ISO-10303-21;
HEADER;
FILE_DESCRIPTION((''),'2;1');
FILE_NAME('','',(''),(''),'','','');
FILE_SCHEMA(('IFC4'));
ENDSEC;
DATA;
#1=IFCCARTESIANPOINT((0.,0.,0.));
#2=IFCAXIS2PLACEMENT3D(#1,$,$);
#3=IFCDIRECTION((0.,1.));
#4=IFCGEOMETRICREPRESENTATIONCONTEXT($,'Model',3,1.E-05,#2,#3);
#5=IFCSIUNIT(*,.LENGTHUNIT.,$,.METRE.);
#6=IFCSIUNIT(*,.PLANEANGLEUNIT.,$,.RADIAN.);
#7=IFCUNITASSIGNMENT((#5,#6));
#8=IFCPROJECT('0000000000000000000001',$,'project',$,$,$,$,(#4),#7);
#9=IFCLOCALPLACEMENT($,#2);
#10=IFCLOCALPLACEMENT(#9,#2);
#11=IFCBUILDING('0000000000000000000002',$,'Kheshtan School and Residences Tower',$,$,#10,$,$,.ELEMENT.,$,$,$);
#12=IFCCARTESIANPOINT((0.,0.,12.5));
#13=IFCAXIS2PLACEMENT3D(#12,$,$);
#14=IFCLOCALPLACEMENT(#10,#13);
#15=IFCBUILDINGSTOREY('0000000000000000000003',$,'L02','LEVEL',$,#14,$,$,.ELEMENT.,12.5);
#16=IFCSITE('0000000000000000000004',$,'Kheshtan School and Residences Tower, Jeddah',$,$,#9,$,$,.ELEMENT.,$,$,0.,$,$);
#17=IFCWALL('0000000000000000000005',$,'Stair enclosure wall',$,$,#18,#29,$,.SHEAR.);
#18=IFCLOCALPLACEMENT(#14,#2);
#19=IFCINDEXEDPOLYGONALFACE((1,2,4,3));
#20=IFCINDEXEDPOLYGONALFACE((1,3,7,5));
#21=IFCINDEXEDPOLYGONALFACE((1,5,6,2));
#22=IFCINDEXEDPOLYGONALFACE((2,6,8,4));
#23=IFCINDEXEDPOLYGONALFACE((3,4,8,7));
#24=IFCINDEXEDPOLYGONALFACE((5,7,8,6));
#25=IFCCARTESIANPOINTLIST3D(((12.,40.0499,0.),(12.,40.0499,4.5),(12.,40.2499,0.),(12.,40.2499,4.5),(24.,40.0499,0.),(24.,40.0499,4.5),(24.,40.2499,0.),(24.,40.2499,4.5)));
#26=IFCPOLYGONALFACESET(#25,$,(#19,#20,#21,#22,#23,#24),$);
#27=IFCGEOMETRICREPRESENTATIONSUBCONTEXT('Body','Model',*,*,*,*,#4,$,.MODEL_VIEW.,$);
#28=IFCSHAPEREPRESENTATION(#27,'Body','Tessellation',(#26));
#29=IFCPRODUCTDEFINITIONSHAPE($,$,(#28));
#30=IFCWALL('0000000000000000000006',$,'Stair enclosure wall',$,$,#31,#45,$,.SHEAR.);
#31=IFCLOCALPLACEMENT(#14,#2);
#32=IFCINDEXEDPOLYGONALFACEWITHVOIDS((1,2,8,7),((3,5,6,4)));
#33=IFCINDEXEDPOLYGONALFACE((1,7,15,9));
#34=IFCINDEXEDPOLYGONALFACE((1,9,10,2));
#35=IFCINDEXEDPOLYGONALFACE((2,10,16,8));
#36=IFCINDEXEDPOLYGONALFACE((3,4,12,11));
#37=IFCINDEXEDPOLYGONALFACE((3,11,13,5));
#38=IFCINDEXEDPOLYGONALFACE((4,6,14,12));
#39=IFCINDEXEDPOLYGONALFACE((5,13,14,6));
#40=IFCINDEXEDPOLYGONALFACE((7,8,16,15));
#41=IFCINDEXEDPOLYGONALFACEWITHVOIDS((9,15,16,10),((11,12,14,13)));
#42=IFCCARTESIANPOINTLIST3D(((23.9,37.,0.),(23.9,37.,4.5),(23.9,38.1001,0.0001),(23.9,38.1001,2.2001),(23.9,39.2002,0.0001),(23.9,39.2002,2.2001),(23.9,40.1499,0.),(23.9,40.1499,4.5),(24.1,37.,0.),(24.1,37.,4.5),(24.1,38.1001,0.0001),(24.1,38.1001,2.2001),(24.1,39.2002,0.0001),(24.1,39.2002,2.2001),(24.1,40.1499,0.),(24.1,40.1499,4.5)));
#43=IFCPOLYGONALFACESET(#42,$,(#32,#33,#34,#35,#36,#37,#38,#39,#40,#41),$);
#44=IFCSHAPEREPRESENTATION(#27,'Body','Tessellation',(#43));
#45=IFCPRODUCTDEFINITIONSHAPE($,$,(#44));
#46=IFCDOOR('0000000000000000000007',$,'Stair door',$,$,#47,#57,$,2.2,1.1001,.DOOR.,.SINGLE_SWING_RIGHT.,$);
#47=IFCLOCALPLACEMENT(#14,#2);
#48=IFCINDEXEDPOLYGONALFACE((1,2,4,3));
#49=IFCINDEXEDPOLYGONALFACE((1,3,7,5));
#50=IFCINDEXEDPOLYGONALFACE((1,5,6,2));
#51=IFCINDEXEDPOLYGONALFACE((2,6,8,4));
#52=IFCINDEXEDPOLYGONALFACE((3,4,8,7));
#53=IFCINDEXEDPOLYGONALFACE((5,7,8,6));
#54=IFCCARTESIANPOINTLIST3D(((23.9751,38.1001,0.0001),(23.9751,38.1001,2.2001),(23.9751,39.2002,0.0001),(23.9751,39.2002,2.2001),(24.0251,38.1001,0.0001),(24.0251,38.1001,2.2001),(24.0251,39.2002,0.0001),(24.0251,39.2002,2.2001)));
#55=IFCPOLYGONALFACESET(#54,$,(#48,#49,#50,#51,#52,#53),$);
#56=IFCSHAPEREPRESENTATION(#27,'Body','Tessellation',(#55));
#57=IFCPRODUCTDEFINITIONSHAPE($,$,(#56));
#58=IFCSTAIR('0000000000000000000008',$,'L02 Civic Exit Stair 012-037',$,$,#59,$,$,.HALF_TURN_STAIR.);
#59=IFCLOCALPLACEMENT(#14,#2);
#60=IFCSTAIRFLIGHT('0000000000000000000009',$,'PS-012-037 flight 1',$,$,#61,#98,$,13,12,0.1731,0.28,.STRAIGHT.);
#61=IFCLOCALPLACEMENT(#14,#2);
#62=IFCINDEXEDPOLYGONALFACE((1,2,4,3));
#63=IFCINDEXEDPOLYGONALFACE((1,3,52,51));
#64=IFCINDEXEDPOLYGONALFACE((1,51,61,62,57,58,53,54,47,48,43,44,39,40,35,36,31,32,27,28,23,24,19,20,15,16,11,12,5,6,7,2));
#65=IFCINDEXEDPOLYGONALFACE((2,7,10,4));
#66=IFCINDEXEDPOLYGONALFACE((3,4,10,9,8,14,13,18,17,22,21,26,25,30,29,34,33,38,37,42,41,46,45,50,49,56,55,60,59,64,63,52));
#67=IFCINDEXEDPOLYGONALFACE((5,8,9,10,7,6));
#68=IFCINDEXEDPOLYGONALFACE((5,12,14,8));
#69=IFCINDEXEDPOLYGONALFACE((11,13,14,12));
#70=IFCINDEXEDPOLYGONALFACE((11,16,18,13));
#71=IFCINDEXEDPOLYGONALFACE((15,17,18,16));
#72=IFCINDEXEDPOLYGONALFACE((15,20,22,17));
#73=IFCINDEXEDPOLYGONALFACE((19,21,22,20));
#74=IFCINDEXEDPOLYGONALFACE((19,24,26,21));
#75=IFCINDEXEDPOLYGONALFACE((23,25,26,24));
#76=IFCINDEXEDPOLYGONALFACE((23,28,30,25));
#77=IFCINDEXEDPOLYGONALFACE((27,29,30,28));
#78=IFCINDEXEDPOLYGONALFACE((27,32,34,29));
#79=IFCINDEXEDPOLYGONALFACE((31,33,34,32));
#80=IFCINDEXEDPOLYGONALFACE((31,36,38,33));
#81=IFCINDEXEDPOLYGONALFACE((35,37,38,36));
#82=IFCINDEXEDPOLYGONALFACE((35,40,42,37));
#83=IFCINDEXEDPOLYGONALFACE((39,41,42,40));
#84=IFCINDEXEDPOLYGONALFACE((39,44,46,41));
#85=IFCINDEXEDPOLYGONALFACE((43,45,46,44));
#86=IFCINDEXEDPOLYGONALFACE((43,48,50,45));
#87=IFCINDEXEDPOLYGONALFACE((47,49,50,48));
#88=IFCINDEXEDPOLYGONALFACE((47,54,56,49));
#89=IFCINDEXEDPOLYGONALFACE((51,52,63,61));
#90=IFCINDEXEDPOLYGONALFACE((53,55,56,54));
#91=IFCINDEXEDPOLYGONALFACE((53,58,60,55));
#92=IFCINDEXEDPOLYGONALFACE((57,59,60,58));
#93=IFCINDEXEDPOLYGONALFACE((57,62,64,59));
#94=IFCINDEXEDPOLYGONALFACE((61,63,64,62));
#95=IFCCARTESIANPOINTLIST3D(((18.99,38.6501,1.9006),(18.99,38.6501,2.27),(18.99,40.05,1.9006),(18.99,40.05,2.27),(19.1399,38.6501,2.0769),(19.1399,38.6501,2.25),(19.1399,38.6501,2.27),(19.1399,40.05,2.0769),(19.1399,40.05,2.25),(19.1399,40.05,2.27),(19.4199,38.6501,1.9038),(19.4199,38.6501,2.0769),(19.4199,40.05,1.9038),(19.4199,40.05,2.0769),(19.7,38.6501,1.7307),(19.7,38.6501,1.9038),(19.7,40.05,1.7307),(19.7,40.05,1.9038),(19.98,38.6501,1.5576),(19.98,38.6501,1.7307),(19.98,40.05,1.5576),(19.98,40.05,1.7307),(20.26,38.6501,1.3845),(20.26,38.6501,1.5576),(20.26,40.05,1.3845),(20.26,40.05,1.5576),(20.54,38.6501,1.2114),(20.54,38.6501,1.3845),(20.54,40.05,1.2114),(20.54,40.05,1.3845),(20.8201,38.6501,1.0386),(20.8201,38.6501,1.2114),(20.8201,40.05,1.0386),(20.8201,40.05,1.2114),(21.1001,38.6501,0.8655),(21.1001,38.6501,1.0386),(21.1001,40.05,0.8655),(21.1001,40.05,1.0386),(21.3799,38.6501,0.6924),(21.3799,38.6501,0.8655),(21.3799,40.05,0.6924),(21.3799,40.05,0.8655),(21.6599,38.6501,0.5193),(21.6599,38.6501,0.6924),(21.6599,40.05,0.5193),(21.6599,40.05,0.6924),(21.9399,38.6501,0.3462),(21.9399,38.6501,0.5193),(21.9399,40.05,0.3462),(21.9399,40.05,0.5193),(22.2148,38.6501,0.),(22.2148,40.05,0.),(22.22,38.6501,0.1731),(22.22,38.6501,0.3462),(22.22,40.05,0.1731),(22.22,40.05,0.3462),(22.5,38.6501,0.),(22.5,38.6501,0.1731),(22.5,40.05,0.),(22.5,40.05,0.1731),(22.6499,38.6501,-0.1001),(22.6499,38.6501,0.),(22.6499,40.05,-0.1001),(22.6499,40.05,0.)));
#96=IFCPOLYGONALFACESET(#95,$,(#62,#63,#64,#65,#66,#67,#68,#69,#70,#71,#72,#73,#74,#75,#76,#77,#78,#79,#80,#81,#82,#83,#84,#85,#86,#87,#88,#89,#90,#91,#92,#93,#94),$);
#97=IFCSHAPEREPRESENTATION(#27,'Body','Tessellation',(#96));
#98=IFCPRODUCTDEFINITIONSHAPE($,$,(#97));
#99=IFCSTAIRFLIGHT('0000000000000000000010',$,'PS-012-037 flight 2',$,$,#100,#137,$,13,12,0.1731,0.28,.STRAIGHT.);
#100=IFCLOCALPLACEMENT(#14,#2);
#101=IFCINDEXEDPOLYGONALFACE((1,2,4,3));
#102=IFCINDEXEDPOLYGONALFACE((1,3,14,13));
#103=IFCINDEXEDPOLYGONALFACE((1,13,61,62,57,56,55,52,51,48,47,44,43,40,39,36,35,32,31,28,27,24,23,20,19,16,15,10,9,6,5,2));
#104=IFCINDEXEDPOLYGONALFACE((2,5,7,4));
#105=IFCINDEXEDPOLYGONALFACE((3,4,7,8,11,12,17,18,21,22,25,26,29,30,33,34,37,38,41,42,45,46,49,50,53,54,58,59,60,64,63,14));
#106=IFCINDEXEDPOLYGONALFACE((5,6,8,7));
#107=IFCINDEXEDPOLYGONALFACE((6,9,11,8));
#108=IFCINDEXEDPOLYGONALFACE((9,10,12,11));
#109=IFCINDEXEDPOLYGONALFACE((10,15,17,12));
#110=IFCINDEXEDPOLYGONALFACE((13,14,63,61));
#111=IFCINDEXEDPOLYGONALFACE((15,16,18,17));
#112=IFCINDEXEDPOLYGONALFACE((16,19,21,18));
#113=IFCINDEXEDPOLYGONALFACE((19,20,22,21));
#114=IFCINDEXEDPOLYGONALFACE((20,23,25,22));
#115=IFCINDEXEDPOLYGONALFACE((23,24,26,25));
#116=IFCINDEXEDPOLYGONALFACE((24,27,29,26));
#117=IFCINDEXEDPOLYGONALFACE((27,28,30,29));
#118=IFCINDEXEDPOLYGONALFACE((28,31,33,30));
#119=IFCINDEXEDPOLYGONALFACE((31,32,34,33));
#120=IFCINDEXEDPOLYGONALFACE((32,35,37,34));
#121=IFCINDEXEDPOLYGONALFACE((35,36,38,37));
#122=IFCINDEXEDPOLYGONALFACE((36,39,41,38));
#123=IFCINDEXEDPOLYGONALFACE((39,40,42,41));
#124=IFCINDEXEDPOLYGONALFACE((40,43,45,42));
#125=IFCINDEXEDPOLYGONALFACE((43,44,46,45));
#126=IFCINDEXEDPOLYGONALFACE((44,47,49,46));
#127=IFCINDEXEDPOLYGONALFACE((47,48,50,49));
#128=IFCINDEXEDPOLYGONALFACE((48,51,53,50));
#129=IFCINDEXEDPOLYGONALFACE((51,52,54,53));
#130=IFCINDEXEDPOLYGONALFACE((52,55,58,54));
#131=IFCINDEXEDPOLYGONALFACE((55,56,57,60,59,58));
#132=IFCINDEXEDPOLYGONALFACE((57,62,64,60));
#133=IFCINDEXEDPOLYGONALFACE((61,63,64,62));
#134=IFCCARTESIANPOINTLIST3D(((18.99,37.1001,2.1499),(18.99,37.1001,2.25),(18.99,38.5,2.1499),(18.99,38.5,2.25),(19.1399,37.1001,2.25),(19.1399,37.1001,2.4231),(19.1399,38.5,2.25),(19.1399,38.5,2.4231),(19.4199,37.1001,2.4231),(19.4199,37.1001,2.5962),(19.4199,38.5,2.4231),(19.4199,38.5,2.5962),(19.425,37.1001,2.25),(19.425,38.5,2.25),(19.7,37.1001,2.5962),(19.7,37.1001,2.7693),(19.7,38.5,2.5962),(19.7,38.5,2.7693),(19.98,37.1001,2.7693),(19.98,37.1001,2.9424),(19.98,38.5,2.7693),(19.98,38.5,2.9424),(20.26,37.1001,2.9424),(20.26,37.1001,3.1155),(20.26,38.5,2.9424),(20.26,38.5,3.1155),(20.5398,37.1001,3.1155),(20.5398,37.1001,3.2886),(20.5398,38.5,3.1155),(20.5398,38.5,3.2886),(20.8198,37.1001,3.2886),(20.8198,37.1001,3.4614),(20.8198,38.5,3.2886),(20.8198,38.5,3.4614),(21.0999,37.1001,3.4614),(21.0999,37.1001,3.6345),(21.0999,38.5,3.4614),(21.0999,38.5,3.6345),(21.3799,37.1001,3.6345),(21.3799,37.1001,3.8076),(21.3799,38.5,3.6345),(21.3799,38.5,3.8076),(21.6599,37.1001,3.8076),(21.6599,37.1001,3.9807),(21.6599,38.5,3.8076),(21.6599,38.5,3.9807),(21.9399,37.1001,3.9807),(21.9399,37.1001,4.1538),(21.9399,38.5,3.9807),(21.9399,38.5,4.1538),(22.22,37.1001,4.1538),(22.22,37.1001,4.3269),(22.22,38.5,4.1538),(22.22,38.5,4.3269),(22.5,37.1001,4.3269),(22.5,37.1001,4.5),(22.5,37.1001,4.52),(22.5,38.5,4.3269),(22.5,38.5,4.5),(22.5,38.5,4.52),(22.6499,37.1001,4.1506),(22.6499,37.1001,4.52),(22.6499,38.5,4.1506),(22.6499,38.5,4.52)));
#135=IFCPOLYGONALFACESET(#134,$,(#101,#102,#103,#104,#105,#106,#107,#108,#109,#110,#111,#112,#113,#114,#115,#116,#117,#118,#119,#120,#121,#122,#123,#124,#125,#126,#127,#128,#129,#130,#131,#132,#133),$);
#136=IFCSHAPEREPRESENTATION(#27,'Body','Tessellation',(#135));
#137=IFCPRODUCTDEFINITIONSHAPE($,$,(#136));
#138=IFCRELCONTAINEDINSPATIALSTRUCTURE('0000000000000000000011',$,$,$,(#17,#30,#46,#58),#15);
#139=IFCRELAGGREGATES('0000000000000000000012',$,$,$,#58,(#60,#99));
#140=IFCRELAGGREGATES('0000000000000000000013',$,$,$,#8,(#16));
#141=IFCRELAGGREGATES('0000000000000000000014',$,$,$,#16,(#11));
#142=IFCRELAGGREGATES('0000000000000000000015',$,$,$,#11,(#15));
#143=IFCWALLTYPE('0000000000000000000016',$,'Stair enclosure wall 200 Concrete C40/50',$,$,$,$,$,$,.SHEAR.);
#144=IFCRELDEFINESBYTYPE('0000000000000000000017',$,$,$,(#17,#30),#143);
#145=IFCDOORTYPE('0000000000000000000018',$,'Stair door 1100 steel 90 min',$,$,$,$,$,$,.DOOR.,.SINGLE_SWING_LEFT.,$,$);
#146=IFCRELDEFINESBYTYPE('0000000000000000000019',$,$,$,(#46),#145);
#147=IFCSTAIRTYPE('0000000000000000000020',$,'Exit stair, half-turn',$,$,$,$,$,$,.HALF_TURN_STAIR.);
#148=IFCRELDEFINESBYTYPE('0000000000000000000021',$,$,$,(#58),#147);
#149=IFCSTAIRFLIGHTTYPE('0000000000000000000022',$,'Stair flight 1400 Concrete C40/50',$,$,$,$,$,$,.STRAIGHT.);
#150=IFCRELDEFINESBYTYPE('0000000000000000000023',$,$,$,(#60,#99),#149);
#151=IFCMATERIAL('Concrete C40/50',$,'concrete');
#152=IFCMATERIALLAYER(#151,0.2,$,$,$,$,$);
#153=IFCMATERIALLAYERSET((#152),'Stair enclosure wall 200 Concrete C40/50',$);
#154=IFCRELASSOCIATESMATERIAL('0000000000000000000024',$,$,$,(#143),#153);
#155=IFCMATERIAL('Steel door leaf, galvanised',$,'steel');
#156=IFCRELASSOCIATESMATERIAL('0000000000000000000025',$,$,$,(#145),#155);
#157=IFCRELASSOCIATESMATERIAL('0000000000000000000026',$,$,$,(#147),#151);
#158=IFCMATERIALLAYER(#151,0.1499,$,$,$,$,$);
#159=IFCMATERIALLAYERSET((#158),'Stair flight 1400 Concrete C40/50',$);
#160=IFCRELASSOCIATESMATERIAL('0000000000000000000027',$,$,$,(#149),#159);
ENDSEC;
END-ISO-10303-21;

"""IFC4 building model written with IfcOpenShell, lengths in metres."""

from ifc_helpers import new_model, si_unit, direction, frame, frame_2d, origin, place, context, subcontext, project, spatial, polyline, rectangle, outline, extrude, source, transform, mapped, material, layer, layer_set, type_object, element, fill, aggregate, save


model = new_model("IFC4")

# Units and contexts
model_context = context("Model", 3, precision=1e-05, world=origin(), true_north=direction((0.0, 1.0)))
body_context = subcontext(model_context, "Body", "Model", "MODEL_VIEW")
ifc_project = project(units=[si_unit("LENGTHUNIT", "METRE"), si_unit("PLANEANGLEUNIT", "RADIAN")], contexts=[model_context])

# Site, building, storey
site_placement = place(None, origin())
site = spatial("IfcSite", under=ifc_project, at=site_placement, Name="Kheshtan School and Residences Tower, Jeddah", CompositionType="ELEMENT", RefElevation=0.0)
building_placement = place(site_placement, origin())
building = spatial("IfcBuilding", under=site, at=building_placement, Name="Kheshtan School and Residences Tower", CompositionType="ELEMENT")
storey_placement = place(building_placement, frame((0.0, 0.0, 12.5)))
storey = spatial("IfcBuildingStorey", under=building, at=storey_placement, Name="L02", Description="LEVEL", CompositionType="ELEMENT", Elevation=12.5)

# Wall
ifc_material_1 = material(Name="Concrete C40/50", Category="concrete")
ifc_layer_1 = layer(ifc_material_1, 0.2)
ifc_layer_set_1 = layer_set([ifc_layer_1], Name="Stair enclosure wall 200 Concrete C40/50")
wall_type_1 = type_object("IfcWallType", Name="Stair enclosure wall 200 Concrete C40/50", PredefinedType="SHEAR", material=ifc_layer_set_1)
wall_1_placement = place(storey_placement, frame((12.0, 40.1499, 0.0), z_axis=(0.0, 0.0, 1.0), x_axis=(1.0, 0.0, 0.0)))
element("IfcWall", 1, at=wall_1_placement, inside=storey, type_object=wall_type_1, Name="Stair enclosure wall", PredefinedType="SHEAR", context=body_context, shape_type="SweptSolid", body=[
    extrude(rectangle(XDim=12.0, YDim=0.2, at=frame_2d((6.0, 0.0))), origin(), (0.0, 0.0, 1.0), 4.5),
])

# Wall, opening, door
wall_2_placement = place(storey_placement, frame((24.0, 37.0, 0.0), z_axis=(0.0, 0.0, 1.0), x_axis=(0.0, 1.0, 0.0)))
wall_2 = element("IfcWall", 2, at=wall_2_placement, inside=storey, type_object=wall_type_1, Name="Stair enclosure wall", PredefinedType="SHEAR", context=body_context, shape_type="SweptSolid", body=[
    extrude(rectangle(XDim=3.1499, YDim=0.2, at=frame_2d((1.575, 0.0))), origin(), (0.0, 0.0, 1.0), 4.5),
])
opening_1_placement = place(wall_2_placement, frame((1.1001, 0.0, 0.0)))
opening_1 = element("IfcOpeningElement", 3, at=opening_1_placement, cuts=wall_2, PredefinedType="OPENING", context=body_context, shape_type="SweptSolid", body=[
    extrude(rectangle(XDim=1.1001, YDim=2.2, at=frame_2d((0.55, 1.1001))), frame((0.0, 0.1099, 0.0), z_axis=(0.0, -1.0, 0.0), x_axis=(1.0, 0.0, 0.0)), (0.0, 0.0, 1.0), 0.22),
])
ifc_material_2 = material(Name="Steel door leaf, galvanised", Category="steel")
door_type_1 = type_object("IfcDoorType", Name="Stair door 1100 steel 90 min", OperationType="SINGLE_SWING_LEFT", PredefinedType="DOOR", material=ifc_material_2)
shared_shape_1 = source(origin(), body_context, "Body", "SweptSolid", [
    extrude(rectangle(XDim=1.1001, YDim=2.2, at=frame_2d((0.55, 1.1001))), frame((0.0, 0.0249, 0.0), z_axis=(0.0, -1.0, 0.0), x_axis=(1.0, 0.0, 0.0)), (0.0, 0.0, 1.0), 0.05),
])
door_1_placement = place(opening_1_placement, origin())
door_1 = element("IfcDoor", 4, at=door_1_placement, inside=storey, type_object=door_type_1, Name="Stair door", OperationType="SINGLE_SWING_RIGHT", OverallHeight=2.2, OverallWidth=1.1001, PredefinedType="DOOR", context=body_context, shape_type="MappedRepresentation", body=[
    mapped(shared_shape_1, transform((0.0, 0.0, 0.0), x_axis=(1.0, 0.0, 0.0), y_axis=(0.0, 1.0, 0.0), z_axis=(0.0, 0.0, 1.0), scale=1.0)),
])
fill(opening_1, door_1)

# Stair, stair flights
stair_type = type_object("IfcStairType", Name="Exit stair, half-turn", PredefinedType="HALF_TURN_STAIR", material=ifc_material_1)
stair_placement = place(storey_placement, origin())
stair = element("IfcStair", 5, at=stair_placement, inside=storey, type_object=stair_type, Name="L02 Civic Exit Stair 012-037", PredefinedType="HALF_TURN_STAIR")
ifc_layer_2 = layer(ifc_material_1, 0.1499)
ifc_layer_set_2 = layer_set([ifc_layer_2], Name="Stair flight 1400 Concrete C40/50")
stair_flight_type = type_object("IfcStairFlightType", Name="Stair flight 1400 Concrete C40/50", PredefinedType="STRAIGHT", material=ifc_layer_set_2)
stair_flight_1_placement = place(storey_placement, frame((22.5, 39.3501, 0.0), z_axis=(0.0, 0.0, 1.0), x_axis=(-1.0, 0.0, 0.0)))
stair_flight_1 = element("IfcStairFlight", 6, at=stair_flight_1_placement, type_object=stair_flight_type, Name="PS-012-037 flight 1", NumberOfRisers=13, NumberOfTreads=12, PredefinedType="STRAIGHT", RiserHeight=0.1731, TreadLength=0.28, context=body_context, shape_type="SweptSolid", body=[
    extrude(outline(polyline([(-0.1499, -0.1001), (-0.1499, 0.0), (0.0, 0.0), (0.0, 0.1731), (0.28, 0.1731), (0.28, 0.3462), (0.5601, 0.3462), (0.5601, 0.5193), (0.8401, 0.5193), (0.8401, 0.6924), (1.1201, 0.6924), (1.1201, 0.8655), (1.3999, 0.8655), (1.3999, 1.0386), (1.6799, 1.0386), (1.6799, 1.2114), (1.96, 1.2114), (1.96, 1.3845), (2.24, 1.3845), (2.24, 1.5576), (2.52, 1.5576), (2.52, 1.7307), (2.8, 1.7307), (2.8, 1.9038), (3.0801, 1.9038), (3.0801, 2.0769), (3.3601, 2.0769), (3.3601, 2.25), (3.3601, 2.27), (3.51, 2.27), (3.51, 1.9006), (0.2852, 0.0), (-0.1499, -0.1001)])), frame((0.0, 0.7, 0.0), z_axis=(0.0, -1.0, 0.0), x_axis=(1.0, 0.0, 0.0)), (0.0, 0.0, 1.0), 1.3999),
])
stair_flight_2_placement = place(storey_placement, frame((19.1399, 37.8, 2.25), z_axis=(0.0, 0.0, 1.0), x_axis=(1.0, 0.0, 0.0)))
stair_flight_2 = element("IfcStairFlight", 7, at=stair_flight_2_placement, type_object=stair_flight_type, Name="PS-012-037 flight 2", NumberOfRisers=13, NumberOfTreads=12, PredefinedType="STRAIGHT", RiserHeight=0.1731, TreadLength=0.28, context=body_context, shape_type="SweptSolid", body=[
    extrude(outline(polyline([(-0.1499, -0.1001), (-0.1499, 0.0), (0.0, 0.0), (0.0, 0.1731), (0.28, 0.1731), (0.28, 0.3462), (0.5601, 0.3462), (0.5601, 0.5193), (0.8401, 0.5193), (0.8401, 0.6924), (1.1201, 0.6924), (1.1201, 0.8655), (1.3999, 0.8655), (1.3999, 1.0386), (1.6799, 1.0386), (1.6799, 1.2114), (1.96, 1.2114), (1.96, 1.3845), (2.24, 1.3845), (2.24, 1.5576), (2.52, 1.5576), (2.52, 1.7307), (2.8, 1.7307), (2.8, 1.9038), (3.0801, 1.9038), (3.0801, 2.0769), (3.3601, 2.0769), (3.3601, 2.25), (3.3601, 2.27), (3.51, 2.27), (3.51, 1.9006), (0.2852, 0.0), (-0.1499, -0.1001)])), frame((0.0, 0.7, 0.0), z_axis=(0.0, -1.0, 0.0), x_axis=(1.0, 0.0, 0.0)), (0.0, 0.0, 1.0), 1.3999),
])
aggregate(stair, [stair_flight_1, stair_flight_2])

save(model, "model.ifc")
